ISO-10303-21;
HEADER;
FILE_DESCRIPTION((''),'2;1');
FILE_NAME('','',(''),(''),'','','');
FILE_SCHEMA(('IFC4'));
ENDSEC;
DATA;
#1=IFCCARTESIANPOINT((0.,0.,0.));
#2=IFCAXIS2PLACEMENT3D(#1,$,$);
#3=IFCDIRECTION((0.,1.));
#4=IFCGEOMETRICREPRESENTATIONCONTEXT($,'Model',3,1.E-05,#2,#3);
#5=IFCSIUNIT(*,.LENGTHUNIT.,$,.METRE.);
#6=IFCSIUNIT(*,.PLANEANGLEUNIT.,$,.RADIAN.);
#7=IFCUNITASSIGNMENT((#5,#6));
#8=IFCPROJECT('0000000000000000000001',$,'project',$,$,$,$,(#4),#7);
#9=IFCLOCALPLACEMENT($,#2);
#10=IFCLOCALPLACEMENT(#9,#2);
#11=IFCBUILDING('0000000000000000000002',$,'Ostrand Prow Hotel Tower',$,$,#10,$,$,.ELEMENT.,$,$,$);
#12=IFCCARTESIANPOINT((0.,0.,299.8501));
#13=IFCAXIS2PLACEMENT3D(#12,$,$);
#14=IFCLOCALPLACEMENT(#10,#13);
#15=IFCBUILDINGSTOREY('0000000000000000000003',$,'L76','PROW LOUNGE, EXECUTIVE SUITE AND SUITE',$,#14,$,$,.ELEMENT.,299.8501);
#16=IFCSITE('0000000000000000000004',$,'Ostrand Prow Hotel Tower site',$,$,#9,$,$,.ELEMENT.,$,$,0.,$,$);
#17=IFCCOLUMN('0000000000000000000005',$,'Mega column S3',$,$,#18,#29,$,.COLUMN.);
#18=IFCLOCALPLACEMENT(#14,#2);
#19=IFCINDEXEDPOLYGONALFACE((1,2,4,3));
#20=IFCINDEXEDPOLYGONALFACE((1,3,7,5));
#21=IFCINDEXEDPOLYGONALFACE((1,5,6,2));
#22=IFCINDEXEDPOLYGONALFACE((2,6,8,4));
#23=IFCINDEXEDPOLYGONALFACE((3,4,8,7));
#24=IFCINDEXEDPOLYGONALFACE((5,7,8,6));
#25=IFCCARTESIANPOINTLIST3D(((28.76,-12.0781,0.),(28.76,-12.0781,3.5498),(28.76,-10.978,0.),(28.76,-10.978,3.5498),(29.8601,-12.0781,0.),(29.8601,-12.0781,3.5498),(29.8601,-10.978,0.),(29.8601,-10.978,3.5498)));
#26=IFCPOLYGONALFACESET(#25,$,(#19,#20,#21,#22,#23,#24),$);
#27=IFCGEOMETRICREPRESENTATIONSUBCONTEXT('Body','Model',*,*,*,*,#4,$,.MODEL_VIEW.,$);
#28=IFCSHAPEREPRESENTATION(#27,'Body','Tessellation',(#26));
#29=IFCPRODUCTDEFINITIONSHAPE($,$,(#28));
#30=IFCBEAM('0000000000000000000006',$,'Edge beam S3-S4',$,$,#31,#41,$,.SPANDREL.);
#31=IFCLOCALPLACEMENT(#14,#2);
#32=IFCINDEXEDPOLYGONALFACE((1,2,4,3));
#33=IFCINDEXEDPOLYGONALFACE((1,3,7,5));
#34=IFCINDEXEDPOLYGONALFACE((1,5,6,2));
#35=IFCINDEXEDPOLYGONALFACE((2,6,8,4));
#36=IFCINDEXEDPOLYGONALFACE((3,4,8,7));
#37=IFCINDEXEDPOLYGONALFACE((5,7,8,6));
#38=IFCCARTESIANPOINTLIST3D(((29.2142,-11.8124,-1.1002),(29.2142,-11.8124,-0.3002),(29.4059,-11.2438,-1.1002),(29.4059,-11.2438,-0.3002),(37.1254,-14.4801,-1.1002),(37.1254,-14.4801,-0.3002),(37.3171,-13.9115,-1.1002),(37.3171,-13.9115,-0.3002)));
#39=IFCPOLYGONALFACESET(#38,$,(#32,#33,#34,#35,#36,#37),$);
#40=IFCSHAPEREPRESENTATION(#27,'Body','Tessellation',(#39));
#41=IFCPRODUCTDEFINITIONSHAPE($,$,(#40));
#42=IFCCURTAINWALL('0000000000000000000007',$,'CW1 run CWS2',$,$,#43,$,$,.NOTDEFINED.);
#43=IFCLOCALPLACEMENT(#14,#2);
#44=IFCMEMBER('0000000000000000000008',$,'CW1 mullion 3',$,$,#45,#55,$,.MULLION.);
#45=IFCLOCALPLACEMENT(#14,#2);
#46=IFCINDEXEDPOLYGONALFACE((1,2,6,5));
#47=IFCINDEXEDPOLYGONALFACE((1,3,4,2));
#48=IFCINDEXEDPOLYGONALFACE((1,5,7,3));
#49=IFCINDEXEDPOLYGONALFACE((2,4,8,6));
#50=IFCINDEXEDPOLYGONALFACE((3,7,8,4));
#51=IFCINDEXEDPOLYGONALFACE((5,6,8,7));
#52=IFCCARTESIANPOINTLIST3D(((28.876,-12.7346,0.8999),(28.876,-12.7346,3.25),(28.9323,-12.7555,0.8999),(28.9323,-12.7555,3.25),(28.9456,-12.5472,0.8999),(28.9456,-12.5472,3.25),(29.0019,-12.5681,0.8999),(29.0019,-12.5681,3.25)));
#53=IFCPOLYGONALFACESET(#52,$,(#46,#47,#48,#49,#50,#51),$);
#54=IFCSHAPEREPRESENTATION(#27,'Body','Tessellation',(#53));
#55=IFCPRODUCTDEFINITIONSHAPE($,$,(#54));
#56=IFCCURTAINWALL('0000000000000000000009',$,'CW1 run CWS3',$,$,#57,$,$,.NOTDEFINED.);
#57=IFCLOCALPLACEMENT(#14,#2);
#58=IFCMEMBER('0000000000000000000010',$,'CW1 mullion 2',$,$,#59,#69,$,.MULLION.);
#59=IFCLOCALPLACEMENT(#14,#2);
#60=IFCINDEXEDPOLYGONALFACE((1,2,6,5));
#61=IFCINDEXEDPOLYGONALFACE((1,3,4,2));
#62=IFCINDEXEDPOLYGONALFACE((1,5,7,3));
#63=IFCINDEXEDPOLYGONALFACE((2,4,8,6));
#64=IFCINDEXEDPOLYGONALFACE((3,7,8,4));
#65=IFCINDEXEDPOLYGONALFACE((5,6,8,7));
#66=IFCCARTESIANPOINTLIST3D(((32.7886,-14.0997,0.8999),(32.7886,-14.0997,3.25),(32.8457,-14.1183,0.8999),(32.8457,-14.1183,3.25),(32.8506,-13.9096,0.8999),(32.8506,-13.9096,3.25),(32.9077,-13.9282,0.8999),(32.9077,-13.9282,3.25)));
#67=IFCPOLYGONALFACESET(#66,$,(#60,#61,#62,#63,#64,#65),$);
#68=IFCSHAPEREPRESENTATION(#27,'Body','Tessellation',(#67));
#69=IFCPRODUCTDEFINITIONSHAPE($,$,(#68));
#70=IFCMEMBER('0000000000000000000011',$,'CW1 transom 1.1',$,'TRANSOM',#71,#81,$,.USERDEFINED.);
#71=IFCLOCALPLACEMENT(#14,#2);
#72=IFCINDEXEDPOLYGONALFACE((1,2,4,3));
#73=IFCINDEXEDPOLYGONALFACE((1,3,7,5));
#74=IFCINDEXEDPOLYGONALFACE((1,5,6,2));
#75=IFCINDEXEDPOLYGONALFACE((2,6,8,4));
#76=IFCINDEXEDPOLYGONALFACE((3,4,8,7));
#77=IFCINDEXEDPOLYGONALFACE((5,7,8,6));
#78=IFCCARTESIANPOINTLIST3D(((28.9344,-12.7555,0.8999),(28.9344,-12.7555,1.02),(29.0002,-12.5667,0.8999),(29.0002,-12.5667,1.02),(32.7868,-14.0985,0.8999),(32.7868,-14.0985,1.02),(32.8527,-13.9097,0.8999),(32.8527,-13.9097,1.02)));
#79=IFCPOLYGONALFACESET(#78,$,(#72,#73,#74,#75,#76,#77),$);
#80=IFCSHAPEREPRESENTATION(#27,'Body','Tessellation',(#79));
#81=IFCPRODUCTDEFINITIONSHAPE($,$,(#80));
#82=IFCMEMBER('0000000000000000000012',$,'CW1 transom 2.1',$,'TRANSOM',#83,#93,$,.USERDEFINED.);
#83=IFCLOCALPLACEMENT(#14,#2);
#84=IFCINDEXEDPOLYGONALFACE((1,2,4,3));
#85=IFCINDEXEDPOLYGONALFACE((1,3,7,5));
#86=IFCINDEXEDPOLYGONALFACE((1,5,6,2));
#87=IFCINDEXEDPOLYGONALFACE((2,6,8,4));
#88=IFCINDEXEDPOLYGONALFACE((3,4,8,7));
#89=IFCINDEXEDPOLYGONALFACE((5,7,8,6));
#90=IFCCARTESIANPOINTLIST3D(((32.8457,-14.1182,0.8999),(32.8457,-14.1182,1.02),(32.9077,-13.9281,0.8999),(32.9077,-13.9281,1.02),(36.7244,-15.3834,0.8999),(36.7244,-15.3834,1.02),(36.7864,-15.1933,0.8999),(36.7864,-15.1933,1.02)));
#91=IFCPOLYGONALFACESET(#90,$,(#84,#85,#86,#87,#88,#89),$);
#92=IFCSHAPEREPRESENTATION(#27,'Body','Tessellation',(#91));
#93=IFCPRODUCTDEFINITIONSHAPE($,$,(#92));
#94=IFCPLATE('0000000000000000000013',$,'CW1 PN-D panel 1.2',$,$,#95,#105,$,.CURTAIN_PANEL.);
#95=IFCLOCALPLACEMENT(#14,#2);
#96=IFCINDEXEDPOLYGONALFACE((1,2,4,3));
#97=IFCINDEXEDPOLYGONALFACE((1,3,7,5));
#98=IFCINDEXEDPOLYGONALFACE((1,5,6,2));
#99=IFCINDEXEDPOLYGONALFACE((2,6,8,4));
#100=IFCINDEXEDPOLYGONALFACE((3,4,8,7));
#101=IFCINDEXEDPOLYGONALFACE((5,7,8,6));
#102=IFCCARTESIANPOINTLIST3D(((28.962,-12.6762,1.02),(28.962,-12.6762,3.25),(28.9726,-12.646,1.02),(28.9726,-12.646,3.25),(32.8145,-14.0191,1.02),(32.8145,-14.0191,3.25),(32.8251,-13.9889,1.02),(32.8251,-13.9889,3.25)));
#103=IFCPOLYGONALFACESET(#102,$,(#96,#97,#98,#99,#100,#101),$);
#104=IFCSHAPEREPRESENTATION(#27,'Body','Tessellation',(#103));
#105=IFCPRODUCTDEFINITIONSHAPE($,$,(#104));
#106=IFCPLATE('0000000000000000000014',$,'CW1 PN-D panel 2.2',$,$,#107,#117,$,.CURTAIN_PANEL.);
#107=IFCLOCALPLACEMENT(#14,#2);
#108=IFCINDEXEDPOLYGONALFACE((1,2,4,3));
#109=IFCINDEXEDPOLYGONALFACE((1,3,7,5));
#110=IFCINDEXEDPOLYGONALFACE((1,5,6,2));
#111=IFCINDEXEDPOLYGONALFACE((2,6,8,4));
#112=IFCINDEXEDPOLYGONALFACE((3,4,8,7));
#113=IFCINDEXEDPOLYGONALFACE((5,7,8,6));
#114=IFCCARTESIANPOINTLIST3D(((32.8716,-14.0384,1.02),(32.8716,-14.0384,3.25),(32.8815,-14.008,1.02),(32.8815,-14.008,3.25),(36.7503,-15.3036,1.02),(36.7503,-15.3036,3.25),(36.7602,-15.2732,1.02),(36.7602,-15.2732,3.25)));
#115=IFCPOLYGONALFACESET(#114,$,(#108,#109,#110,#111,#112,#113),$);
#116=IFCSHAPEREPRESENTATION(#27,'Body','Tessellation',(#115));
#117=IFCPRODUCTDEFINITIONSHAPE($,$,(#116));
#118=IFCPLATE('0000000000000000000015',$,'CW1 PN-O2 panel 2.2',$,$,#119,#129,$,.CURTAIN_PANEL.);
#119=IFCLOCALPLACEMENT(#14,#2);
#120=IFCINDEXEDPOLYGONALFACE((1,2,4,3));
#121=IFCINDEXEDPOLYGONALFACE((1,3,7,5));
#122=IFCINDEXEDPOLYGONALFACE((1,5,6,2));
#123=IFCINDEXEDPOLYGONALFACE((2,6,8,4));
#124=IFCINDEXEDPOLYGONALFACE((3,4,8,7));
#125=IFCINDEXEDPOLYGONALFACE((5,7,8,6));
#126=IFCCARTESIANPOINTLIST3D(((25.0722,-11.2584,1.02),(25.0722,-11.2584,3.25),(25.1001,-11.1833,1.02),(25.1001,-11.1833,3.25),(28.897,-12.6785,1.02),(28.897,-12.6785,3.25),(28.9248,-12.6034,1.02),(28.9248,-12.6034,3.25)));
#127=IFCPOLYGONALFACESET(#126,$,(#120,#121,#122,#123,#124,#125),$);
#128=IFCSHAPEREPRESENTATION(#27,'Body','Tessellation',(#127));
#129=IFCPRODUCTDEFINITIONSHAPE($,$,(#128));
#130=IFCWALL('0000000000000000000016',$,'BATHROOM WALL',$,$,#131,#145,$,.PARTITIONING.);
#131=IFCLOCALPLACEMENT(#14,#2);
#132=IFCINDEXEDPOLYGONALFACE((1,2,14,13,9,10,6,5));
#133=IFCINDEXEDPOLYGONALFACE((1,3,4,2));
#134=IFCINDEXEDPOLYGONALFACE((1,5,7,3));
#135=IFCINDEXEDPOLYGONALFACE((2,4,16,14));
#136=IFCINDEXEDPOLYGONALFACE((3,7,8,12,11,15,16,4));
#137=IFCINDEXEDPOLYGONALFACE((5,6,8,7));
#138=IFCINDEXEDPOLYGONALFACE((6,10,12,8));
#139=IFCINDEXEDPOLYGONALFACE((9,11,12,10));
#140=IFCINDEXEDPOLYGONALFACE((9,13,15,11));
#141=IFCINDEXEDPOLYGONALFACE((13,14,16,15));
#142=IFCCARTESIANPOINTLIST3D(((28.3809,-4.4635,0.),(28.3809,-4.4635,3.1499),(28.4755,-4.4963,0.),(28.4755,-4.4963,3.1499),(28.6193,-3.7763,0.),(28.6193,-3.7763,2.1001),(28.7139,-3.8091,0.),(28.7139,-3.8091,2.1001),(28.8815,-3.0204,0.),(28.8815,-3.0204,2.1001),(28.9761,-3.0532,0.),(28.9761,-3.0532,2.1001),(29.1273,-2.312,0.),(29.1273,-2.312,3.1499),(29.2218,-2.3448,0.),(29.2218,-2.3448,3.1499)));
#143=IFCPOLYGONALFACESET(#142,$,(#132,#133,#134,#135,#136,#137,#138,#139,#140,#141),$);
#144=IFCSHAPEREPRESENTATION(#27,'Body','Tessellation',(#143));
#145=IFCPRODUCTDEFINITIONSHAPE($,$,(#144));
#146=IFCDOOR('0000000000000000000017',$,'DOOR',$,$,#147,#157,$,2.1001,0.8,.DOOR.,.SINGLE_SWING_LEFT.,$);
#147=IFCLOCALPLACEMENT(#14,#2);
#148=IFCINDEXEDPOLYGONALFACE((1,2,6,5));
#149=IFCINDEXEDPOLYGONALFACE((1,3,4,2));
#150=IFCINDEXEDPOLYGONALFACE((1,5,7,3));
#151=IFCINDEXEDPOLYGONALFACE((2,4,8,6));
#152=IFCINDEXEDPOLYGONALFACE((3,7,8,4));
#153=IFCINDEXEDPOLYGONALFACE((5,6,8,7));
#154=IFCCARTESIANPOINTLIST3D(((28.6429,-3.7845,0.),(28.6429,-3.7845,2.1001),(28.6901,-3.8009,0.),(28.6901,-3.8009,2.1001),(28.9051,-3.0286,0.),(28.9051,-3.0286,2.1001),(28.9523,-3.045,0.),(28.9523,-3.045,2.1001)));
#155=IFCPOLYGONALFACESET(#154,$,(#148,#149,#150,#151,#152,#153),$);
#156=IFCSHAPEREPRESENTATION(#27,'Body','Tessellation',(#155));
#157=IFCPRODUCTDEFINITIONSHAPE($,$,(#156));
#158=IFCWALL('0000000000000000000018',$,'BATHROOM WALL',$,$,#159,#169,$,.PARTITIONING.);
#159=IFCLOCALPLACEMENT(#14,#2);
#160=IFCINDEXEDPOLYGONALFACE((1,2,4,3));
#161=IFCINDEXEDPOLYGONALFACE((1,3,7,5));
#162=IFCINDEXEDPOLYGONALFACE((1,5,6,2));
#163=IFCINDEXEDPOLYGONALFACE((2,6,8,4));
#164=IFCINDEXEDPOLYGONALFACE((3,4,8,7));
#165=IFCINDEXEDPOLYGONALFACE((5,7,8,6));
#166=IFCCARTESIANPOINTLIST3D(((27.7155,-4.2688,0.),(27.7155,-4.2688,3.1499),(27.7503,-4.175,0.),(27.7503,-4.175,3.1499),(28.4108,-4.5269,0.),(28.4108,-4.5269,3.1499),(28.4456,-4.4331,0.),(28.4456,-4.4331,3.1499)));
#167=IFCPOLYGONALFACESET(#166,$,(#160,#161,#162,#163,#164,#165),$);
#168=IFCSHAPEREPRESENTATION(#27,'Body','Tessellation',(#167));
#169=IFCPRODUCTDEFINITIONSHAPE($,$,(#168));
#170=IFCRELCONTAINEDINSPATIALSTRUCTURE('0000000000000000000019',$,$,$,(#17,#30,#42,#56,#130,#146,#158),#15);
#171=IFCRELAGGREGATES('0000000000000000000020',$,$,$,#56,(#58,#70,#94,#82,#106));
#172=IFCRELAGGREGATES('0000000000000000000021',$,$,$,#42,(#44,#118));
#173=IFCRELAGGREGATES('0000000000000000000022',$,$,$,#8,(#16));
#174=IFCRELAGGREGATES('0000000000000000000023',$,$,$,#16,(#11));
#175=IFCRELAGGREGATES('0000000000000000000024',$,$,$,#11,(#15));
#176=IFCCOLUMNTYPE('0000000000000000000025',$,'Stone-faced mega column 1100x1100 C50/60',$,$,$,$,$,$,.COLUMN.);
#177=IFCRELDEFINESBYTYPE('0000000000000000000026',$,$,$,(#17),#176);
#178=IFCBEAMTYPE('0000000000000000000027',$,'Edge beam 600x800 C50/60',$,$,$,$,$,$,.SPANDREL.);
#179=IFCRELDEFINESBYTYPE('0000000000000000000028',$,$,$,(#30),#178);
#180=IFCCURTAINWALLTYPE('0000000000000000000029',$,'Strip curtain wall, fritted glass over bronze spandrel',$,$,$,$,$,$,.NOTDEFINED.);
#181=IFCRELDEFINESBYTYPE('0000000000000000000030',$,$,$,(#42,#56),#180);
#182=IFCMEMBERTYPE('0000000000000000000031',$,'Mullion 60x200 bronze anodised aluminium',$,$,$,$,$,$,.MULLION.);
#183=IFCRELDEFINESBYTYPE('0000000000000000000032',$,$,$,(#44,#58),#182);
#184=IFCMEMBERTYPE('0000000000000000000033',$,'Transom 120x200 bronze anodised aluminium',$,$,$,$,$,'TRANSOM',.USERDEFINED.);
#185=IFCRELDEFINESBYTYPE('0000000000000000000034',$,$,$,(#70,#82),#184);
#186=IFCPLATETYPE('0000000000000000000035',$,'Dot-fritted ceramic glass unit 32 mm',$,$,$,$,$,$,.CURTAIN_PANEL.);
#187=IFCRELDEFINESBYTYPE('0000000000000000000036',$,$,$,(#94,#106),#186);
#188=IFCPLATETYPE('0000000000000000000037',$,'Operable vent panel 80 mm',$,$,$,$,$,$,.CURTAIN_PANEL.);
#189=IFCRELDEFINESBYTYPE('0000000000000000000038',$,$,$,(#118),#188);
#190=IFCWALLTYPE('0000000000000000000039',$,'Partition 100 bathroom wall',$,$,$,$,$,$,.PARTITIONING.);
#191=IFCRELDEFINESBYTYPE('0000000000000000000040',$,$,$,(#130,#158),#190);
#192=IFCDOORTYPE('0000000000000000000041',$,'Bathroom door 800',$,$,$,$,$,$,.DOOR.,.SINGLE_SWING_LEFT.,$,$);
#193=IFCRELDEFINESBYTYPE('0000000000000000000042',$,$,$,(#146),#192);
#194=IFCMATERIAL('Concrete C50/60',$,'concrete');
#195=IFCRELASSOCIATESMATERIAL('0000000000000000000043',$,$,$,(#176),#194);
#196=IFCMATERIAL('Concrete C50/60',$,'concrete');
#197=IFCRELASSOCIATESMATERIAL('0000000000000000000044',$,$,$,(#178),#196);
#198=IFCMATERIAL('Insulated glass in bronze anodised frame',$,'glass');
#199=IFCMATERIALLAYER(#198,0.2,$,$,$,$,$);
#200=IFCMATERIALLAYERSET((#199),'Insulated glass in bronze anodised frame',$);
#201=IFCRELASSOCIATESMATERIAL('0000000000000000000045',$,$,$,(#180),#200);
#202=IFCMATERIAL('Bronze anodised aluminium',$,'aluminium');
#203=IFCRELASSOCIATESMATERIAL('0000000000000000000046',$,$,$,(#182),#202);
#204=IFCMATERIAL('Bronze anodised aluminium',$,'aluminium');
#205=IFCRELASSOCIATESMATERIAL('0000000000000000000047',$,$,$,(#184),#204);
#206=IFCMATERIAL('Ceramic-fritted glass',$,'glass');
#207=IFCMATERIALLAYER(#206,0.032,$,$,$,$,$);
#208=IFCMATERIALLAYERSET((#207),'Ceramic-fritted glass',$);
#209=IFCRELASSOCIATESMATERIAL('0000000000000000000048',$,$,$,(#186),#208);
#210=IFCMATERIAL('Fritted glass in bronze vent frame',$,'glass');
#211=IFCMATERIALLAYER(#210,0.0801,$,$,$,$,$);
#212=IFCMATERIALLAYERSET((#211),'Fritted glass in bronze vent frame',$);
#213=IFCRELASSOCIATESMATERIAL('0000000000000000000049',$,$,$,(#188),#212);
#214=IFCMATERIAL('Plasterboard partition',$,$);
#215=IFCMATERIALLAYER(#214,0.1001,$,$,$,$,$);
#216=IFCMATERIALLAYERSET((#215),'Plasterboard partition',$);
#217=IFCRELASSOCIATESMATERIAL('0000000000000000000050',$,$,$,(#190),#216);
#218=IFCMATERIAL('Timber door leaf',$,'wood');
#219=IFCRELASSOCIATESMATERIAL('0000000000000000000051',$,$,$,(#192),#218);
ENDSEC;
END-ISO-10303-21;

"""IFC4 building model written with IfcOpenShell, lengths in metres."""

from ifc_helpers import new_model, si_unit, direction, frame, frame_2d, origin, origin_2d, place, context, subcontext, project, spatial, rectangle, extrude, material, layer, layer_set, material_profile, profile_set, type_object, element, fill, aggregate, save


model = new_model("IFC4")

# Units and contexts
model_context = context("Model", 3, precision=1e-05, world=origin(), true_north=direction((0.0, 1.0)))
body_context = subcontext(model_context, "Body", "Model", "MODEL_VIEW")
ifc_project = project(units=[si_unit("LENGTHUNIT", "METRE"), si_unit("PLANEANGLEUNIT", "RADIAN")], contexts=[model_context])

# Site, building, storey
site_placement = place(None, origin())
site = spatial("IfcSite", under=ifc_project, at=site_placement, Name="Ostrand Prow Hotel Tower site", CompositionType="ELEMENT", RefElevation=0.0)
building_placement = place(site_placement, origin())
building = spatial("IfcBuilding", under=site, at=building_placement, Name="Ostrand Prow Hotel Tower", CompositionType="ELEMENT")
storey_placement = place(building_placement, frame((0.0, 0.0, 299.8501)))
storey = spatial("IfcBuildingStorey", under=building, at=storey_placement, Name="L76", Description="PROW LOUNGE, EXECUTIVE SUITE AND SUITE", CompositionType="ELEMENT", Elevation=299.8501)

# Column
ifc_material_1 = material(Name="Concrete C50/60", Category="concrete")
ifc_material_profile_1 = material_profile(ifc_material_1, rectangle(XDim=1.1001, YDim=1.1001, at=origin_2d()), Name="RC 1100x1100")
ifc_profile_set_1 = profile_set([ifc_material_profile_1], Name="Concrete C50/60")
column_type = type_object("IfcColumnType", Name="Stone-faced mega column 1100x1100 C50/60", PredefinedType="COLUMN", material=ifc_profile_set_1)
column_placement = place(storey_placement, frame((29.3101, -11.5281, 0.0), z_axis=(0.0, 0.0, 1.0), x_axis=(1.0, 0.0, 0.0)))
element("IfcColumn", 1, at=column_placement, inside=storey, type_object=column_type, Name="Mega column S3", PredefinedType="COLUMN", context=body_context, shape_type="SweptSolid", body=[
    extrude(rectangle(XDim=1.1001, YDim=1.1001, at=origin_2d()), origin(), (0.0, 0.0, 1.0), 3.5498),
])

# Beam
ifc_material_2 = material(Name="Concrete C50/60", Category="concrete")
ifc_material_profile_2 = material_profile(ifc_material_2, rectangle(XDim=0.6001, YDim=0.8, at=origin_2d()), Name="RC 600x800")
ifc_profile_set_2 = profile_set([ifc_material_profile_2], Name="Concrete C50/60")
beam_type = type_object("IfcBeamType", Name="Edge beam 600x800 C50/60", PredefinedType="SPANDREL", material=ifc_profile_set_2)
beam_placement = place(storey_placement, frame((29.3101, -11.5281, -0.7002), z_axis=(0.947575, -0.319533, 0.0), x_axis=(0.319533, 0.947575, 0.0)))
element("IfcBeam", 2, at=beam_placement, inside=storey, type_object=beam_type, Name="Edge beam S3-S4", PredefinedType="SPANDREL", context=body_context, shape_type="SweptSolid", body=[
    extrude(rectangle(XDim=0.6001, YDim=0.8, at=origin_2d()), origin(), (0.0, 0.0, 1.0), 8.3489),
])

# Curtain wall, member
ifc_material_3 = material(Name="Insulated glass in bronze anodised frame", Category="glass")
ifc_layer_1 = layer(ifc_material_3, 0.2)
ifc_layer_set_1 = layer_set([ifc_layer_1], Name="Insulated glass in bronze anodised frame")
curtain_wall_type = type_object("IfcCurtainWallType", Name="Strip curtain wall, fritted glass over bronze spandrel", PredefinedType="NOTDEFINED", material=ifc_layer_set_1)
curtain_wall_1_placement = place(storey_placement, origin())
curtain_wall_1 = element("IfcCurtainWall", 3, at=curtain_wall_1_placement, inside=storey, type_object=curtain_wall_type, Name="CW1 run CWS2", PredefinedType="NOTDEFINED")
ifc_material_4 = material(Name="Bronze anodised aluminium", Category="aluminium")
ifc_material_profile_3 = material_profile(ifc_material_4, rectangle(XDim=0.2, YDim=0.0601, at=origin_2d()), Name="Mullion 60x200 bronze anodised aluminium")
ifc_profile_set_3 = profile_set([ifc_material_profile_3], Name="Bronze anodised aluminium")
member_type_1 = type_object("IfcMemberType", Name="Mullion 60x200 bronze anodised aluminium", PredefinedType="MULLION", material=ifc_profile_set_3)
member_1_placement = place(storey_placement, frame((28.939, -12.6514, 0.8999), z_axis=(0.0, 0.0, 1.0), x_axis=(0.348071, 0.937468, 0.0)))
member_1 = element("IfcMember", 4, at=member_1_placement, type_object=member_type_1, Name="CW1 mullion 3", PredefinedType="MULLION", context=body_context, shape_type="SweptSolid", body=[
    extrude(rectangle(XDim=0.2, YDim=0.0601, at=origin_2d()), origin(), (0.0, 0.0, 1.0), 2.3501),
])

# Curtain wall, members, plates
curtain_wall_2_placement = place(storey_placement, origin())
curtain_wall_2 = element("IfcCurtainWall", 5, at=curtain_wall_2_placement, inside=storey, type_object=curtain_wall_type, Name="CW1 run CWS3", PredefinedType="NOTDEFINED")
member_2_placement = place(storey_placement, frame((32.8481, -14.0139, 0.8999), z_axis=(0.0, 0.0, 1.0), x_axis=(0.310111, 0.9507, 0.0)))
member_2 = element("IfcMember", 6, at=member_2_placement, type_object=member_type_1, Name="CW1 mullion 2", PredefinedType="MULLION", context=body_context, shape_type="SweptSolid", body=[
    extrude(rectangle(XDim=0.2, YDim=0.0601, at=origin_2d()), origin(), (0.0, 0.0, 1.0), 2.3501),
])
ifc_material_5 = material(Name="Bronze anodised aluminium", Category="aluminium")
ifc_material_profile_4 = material_profile(ifc_material_5, rectangle(XDim=0.2, YDim=0.1201, at=origin_2d()), Name="Transom 120x200 bronze anodised aluminium")
ifc_profile_set_4 = profile_set([ifc_material_profile_4], Name="Bronze anodised aluminium")
member_type_2 = type_object("IfcMemberType", Name="Transom 120x200 bronze anodised aluminium", ElementType="TRANSOM", PredefinedType="USERDEFINED", material=ifc_profile_set_4)
member_3_placement = place(storey_placement, frame((28.9673, -12.6611, 0.96), z_axis=(0.944268, -0.329177, 0.0), x_axis=(0.329177, 0.944268, 0.0)))
member_3 = element("IfcMember", 7, at=member_3_placement, type_object=member_type_2, Name="CW1 transom 1.1", ObjectType="TRANSOM", PredefinedType="USERDEFINED", context=body_context, shape_type="SweptSolid", body=[
    extrude(rectangle(XDim=0.2, YDim=0.1201, at=origin_2d()), origin(), (0.0, 0.0, 1.0), 4.0798),
])
member_4_placement = place(storey_placement, frame((32.8767, -14.0232, 0.96), z_axis=(0.950704, -0.310099, 0.0), x_axis=(0.310099, 0.950704, 0.0)))
member_4 = element("IfcMember", 8, at=member_4_placement, type_object=member_type_2, Name="CW1 transom 2.1", ObjectType="TRANSOM", PredefinedType="USERDEFINED", context=body_context, shape_type="SweptSolid", body=[
    extrude(rectangle(XDim=0.2, YDim=0.1201, at=origin_2d()), origin(), (0.0, 0.0, 1.0), 4.0798),
])
ifc_material_6 = material(Name="Ceramic-fritted glass", Category="glass")
ifc_layer_2 = layer(ifc_material_6, 0.032)
ifc_layer_set_2 = layer_set([ifc_layer_2], Name="Ceramic-fritted glass")
plate_type_1 = type_object("IfcPlateType", Name="Dot-fritted ceramic glass unit 32 mm", PredefinedType="CURTAIN_PANEL", material=ifc_layer_set_2)
plate_1_placement = place(storey_placement, frame((30.8936, -13.3325, 1.02), z_axis=(0.0, 0.0, 1.0), x_axis=(0.944275, -0.329158, 0.0)))
plate_1 = element("IfcPlate", 9, at=plate_1_placement, type_object=plate_type_1, Name="CW1 PN-D panel 1.2", PredefinedType="CURTAIN_PANEL", context=body_context, shape_type="SweptSolid", body=[
    extrude(rectangle(XDim=4.0798, YDim=0.032, at=origin_2d()), origin(), (0.0, 0.0, 1.0), 2.23),
])
plate_2_placement = place(storey_placement, frame((34.8159, -14.6558, 1.02), z_axis=(0.0, 0.0, 1.0), x_axis=(0.9507, -0.310111, 0.0)))
plate_2 = element("IfcPlate", 10, at=plate_2_placement, type_object=plate_type_1, Name="CW1 PN-D panel 2.2", PredefinedType="CURTAIN_PANEL", context=body_context, shape_type="SweptSolid", body=[
    extrude(rectangle(XDim=4.0798, YDim=0.032, at=origin_2d()), origin(), (0.0, 0.0, 1.0), 2.23),
])
aggregate(curtain_wall_2, [member_2, member_3, plate_1, member_4, plate_2])

# Plate
ifc_material_7 = material(Name="Fritted glass in bronze vent frame", Category="glass")
ifc_layer_3 = layer(ifc_material_7, 0.0801)
ifc_layer_set_3 = layer_set([ifc_layer_3], Name="Fritted glass in bronze vent frame")
plate_type_2 = type_object("IfcPlateType", Name="Operable vent panel 80 mm", PredefinedType="CURTAIN_PANEL", material=ifc_layer_set_3)
plate_3_placement = place(storey_placement, frame((26.9985, -11.9309, 1.02), z_axis=(0.0, 0.0, 1.0), x_axis=(0.937468, -0.348071, 0.0)))
plate_3 = element("IfcPlate", 11, at=plate_3_placement, type_object=plate_type_2, Name="CW1 PN-O2 panel 2.2", PredefinedType="CURTAIN_PANEL", context=body_context, shape_type="SweptSolid", body=[
    extrude(rectangle(XDim=4.0798, YDim=0.0801, at=origin_2d()), origin(), (0.0, 0.0, 1.0), 2.23),
])
aggregate(curtain_wall_1, [member_1, plate_3])

# Wall, opening, door
ifc_material_8 = material(Name="Plasterboard partition")
ifc_layer_4 = layer(ifc_material_8, 0.1001)
ifc_layer_set_4 = layer_set([ifc_layer_4], Name="Plasterboard partition")
wall_type_1 = type_object("IfcWallType", Name="Partition 100 bathroom wall", PredefinedType="PARTITIONING", material=ifc_layer_set_4)
wall_1_placement = place(storey_placement, frame((29.1746, -2.3284, 0.0), z_axis=(0.0, 0.0, 1.0), x_axis=(-0.327718, -0.944776, 0.0)))
wall_1 = element("IfcWall", 12, at=wall_1_placement, inside=storey, type_object=wall_type_1, Name="BATHROOM WALL", PredefinedType="PARTITIONING", context=body_context, shape_type="SweptSolid", body=[
    extrude(rectangle(XDim=2.2773, YDim=0.1001, at=frame_2d((1.1387, 0.0))), origin(), (0.0, 0.0, 1.0), 3.1499),
])
opening_1_placement = place(wall_1_placement, frame((0.75, 0.0, 0.0)))
opening_1 = element("IfcOpeningElement", 13, at=opening_1_placement, cuts=wall_1, PredefinedType="OPENING", context=body_context, shape_type="SweptSolid", body=[
    extrude(rectangle(XDim=0.8, YDim=2.1001, at=frame_2d((0.3999, 1.05))), frame((0.0, 0.0601, 0.0), z_axis=(0.0, -1.0, 0.0), x_axis=(1.0, 0.0, 0.0)), (0.0, 0.0, 1.0), 0.1201),
])
ifc_material_9 = material(Name="Timber door leaf", Category="wood")
door_type_1 = type_object("IfcDoorType", Name="Bathroom door 800", OperationType="SINGLE_SWING_LEFT", PredefinedType="DOOR", material=ifc_material_9)
door_1_placement = place(opening_1_placement, origin())
door_1 = element("IfcDoor", 14, at=door_1_placement, inside=storey, type_object=door_type_1, Name="DOOR", OperationType="SINGLE_SWING_LEFT", OverallHeight=2.1001, OverallWidth=0.8, PredefinedType="DOOR", context=body_context, shape_type="SweptSolid", body=[
    extrude(rectangle(XDim=0.8, YDim=2.1001, at=frame_2d((0.3999, 1.05))), frame((0.0, 0.0249, 0.0), z_axis=(0.0, -1.0, 0.0), x_axis=(1.0, 0.0, 0.0)), (0.0, 0.0, 1.0), 0.05),
])
fill(opening_1, door_1)

# Wall
wall_2_placement = place(storey_placement, frame((28.4282, -4.48, 0.0), z_axis=(0.0, 0.0, 1.0), x_axis=(-0.937514, 0.347947, 0.0)))
element("IfcWall", 15, at=wall_2_placement, inside=storey, type_object=wall_type_1, Name="BATHROOM WALL", PredefinedType="PARTITIONING", context=body_context, shape_type="SweptSolid", body=[
    extrude(rectangle(XDim=0.7417, YDim=0.1001, at=frame_2d((0.3708, 0.0))), origin(), (0.0, 0.0, 1.0), 3.1499),
])

save(model, "model.ifc")
